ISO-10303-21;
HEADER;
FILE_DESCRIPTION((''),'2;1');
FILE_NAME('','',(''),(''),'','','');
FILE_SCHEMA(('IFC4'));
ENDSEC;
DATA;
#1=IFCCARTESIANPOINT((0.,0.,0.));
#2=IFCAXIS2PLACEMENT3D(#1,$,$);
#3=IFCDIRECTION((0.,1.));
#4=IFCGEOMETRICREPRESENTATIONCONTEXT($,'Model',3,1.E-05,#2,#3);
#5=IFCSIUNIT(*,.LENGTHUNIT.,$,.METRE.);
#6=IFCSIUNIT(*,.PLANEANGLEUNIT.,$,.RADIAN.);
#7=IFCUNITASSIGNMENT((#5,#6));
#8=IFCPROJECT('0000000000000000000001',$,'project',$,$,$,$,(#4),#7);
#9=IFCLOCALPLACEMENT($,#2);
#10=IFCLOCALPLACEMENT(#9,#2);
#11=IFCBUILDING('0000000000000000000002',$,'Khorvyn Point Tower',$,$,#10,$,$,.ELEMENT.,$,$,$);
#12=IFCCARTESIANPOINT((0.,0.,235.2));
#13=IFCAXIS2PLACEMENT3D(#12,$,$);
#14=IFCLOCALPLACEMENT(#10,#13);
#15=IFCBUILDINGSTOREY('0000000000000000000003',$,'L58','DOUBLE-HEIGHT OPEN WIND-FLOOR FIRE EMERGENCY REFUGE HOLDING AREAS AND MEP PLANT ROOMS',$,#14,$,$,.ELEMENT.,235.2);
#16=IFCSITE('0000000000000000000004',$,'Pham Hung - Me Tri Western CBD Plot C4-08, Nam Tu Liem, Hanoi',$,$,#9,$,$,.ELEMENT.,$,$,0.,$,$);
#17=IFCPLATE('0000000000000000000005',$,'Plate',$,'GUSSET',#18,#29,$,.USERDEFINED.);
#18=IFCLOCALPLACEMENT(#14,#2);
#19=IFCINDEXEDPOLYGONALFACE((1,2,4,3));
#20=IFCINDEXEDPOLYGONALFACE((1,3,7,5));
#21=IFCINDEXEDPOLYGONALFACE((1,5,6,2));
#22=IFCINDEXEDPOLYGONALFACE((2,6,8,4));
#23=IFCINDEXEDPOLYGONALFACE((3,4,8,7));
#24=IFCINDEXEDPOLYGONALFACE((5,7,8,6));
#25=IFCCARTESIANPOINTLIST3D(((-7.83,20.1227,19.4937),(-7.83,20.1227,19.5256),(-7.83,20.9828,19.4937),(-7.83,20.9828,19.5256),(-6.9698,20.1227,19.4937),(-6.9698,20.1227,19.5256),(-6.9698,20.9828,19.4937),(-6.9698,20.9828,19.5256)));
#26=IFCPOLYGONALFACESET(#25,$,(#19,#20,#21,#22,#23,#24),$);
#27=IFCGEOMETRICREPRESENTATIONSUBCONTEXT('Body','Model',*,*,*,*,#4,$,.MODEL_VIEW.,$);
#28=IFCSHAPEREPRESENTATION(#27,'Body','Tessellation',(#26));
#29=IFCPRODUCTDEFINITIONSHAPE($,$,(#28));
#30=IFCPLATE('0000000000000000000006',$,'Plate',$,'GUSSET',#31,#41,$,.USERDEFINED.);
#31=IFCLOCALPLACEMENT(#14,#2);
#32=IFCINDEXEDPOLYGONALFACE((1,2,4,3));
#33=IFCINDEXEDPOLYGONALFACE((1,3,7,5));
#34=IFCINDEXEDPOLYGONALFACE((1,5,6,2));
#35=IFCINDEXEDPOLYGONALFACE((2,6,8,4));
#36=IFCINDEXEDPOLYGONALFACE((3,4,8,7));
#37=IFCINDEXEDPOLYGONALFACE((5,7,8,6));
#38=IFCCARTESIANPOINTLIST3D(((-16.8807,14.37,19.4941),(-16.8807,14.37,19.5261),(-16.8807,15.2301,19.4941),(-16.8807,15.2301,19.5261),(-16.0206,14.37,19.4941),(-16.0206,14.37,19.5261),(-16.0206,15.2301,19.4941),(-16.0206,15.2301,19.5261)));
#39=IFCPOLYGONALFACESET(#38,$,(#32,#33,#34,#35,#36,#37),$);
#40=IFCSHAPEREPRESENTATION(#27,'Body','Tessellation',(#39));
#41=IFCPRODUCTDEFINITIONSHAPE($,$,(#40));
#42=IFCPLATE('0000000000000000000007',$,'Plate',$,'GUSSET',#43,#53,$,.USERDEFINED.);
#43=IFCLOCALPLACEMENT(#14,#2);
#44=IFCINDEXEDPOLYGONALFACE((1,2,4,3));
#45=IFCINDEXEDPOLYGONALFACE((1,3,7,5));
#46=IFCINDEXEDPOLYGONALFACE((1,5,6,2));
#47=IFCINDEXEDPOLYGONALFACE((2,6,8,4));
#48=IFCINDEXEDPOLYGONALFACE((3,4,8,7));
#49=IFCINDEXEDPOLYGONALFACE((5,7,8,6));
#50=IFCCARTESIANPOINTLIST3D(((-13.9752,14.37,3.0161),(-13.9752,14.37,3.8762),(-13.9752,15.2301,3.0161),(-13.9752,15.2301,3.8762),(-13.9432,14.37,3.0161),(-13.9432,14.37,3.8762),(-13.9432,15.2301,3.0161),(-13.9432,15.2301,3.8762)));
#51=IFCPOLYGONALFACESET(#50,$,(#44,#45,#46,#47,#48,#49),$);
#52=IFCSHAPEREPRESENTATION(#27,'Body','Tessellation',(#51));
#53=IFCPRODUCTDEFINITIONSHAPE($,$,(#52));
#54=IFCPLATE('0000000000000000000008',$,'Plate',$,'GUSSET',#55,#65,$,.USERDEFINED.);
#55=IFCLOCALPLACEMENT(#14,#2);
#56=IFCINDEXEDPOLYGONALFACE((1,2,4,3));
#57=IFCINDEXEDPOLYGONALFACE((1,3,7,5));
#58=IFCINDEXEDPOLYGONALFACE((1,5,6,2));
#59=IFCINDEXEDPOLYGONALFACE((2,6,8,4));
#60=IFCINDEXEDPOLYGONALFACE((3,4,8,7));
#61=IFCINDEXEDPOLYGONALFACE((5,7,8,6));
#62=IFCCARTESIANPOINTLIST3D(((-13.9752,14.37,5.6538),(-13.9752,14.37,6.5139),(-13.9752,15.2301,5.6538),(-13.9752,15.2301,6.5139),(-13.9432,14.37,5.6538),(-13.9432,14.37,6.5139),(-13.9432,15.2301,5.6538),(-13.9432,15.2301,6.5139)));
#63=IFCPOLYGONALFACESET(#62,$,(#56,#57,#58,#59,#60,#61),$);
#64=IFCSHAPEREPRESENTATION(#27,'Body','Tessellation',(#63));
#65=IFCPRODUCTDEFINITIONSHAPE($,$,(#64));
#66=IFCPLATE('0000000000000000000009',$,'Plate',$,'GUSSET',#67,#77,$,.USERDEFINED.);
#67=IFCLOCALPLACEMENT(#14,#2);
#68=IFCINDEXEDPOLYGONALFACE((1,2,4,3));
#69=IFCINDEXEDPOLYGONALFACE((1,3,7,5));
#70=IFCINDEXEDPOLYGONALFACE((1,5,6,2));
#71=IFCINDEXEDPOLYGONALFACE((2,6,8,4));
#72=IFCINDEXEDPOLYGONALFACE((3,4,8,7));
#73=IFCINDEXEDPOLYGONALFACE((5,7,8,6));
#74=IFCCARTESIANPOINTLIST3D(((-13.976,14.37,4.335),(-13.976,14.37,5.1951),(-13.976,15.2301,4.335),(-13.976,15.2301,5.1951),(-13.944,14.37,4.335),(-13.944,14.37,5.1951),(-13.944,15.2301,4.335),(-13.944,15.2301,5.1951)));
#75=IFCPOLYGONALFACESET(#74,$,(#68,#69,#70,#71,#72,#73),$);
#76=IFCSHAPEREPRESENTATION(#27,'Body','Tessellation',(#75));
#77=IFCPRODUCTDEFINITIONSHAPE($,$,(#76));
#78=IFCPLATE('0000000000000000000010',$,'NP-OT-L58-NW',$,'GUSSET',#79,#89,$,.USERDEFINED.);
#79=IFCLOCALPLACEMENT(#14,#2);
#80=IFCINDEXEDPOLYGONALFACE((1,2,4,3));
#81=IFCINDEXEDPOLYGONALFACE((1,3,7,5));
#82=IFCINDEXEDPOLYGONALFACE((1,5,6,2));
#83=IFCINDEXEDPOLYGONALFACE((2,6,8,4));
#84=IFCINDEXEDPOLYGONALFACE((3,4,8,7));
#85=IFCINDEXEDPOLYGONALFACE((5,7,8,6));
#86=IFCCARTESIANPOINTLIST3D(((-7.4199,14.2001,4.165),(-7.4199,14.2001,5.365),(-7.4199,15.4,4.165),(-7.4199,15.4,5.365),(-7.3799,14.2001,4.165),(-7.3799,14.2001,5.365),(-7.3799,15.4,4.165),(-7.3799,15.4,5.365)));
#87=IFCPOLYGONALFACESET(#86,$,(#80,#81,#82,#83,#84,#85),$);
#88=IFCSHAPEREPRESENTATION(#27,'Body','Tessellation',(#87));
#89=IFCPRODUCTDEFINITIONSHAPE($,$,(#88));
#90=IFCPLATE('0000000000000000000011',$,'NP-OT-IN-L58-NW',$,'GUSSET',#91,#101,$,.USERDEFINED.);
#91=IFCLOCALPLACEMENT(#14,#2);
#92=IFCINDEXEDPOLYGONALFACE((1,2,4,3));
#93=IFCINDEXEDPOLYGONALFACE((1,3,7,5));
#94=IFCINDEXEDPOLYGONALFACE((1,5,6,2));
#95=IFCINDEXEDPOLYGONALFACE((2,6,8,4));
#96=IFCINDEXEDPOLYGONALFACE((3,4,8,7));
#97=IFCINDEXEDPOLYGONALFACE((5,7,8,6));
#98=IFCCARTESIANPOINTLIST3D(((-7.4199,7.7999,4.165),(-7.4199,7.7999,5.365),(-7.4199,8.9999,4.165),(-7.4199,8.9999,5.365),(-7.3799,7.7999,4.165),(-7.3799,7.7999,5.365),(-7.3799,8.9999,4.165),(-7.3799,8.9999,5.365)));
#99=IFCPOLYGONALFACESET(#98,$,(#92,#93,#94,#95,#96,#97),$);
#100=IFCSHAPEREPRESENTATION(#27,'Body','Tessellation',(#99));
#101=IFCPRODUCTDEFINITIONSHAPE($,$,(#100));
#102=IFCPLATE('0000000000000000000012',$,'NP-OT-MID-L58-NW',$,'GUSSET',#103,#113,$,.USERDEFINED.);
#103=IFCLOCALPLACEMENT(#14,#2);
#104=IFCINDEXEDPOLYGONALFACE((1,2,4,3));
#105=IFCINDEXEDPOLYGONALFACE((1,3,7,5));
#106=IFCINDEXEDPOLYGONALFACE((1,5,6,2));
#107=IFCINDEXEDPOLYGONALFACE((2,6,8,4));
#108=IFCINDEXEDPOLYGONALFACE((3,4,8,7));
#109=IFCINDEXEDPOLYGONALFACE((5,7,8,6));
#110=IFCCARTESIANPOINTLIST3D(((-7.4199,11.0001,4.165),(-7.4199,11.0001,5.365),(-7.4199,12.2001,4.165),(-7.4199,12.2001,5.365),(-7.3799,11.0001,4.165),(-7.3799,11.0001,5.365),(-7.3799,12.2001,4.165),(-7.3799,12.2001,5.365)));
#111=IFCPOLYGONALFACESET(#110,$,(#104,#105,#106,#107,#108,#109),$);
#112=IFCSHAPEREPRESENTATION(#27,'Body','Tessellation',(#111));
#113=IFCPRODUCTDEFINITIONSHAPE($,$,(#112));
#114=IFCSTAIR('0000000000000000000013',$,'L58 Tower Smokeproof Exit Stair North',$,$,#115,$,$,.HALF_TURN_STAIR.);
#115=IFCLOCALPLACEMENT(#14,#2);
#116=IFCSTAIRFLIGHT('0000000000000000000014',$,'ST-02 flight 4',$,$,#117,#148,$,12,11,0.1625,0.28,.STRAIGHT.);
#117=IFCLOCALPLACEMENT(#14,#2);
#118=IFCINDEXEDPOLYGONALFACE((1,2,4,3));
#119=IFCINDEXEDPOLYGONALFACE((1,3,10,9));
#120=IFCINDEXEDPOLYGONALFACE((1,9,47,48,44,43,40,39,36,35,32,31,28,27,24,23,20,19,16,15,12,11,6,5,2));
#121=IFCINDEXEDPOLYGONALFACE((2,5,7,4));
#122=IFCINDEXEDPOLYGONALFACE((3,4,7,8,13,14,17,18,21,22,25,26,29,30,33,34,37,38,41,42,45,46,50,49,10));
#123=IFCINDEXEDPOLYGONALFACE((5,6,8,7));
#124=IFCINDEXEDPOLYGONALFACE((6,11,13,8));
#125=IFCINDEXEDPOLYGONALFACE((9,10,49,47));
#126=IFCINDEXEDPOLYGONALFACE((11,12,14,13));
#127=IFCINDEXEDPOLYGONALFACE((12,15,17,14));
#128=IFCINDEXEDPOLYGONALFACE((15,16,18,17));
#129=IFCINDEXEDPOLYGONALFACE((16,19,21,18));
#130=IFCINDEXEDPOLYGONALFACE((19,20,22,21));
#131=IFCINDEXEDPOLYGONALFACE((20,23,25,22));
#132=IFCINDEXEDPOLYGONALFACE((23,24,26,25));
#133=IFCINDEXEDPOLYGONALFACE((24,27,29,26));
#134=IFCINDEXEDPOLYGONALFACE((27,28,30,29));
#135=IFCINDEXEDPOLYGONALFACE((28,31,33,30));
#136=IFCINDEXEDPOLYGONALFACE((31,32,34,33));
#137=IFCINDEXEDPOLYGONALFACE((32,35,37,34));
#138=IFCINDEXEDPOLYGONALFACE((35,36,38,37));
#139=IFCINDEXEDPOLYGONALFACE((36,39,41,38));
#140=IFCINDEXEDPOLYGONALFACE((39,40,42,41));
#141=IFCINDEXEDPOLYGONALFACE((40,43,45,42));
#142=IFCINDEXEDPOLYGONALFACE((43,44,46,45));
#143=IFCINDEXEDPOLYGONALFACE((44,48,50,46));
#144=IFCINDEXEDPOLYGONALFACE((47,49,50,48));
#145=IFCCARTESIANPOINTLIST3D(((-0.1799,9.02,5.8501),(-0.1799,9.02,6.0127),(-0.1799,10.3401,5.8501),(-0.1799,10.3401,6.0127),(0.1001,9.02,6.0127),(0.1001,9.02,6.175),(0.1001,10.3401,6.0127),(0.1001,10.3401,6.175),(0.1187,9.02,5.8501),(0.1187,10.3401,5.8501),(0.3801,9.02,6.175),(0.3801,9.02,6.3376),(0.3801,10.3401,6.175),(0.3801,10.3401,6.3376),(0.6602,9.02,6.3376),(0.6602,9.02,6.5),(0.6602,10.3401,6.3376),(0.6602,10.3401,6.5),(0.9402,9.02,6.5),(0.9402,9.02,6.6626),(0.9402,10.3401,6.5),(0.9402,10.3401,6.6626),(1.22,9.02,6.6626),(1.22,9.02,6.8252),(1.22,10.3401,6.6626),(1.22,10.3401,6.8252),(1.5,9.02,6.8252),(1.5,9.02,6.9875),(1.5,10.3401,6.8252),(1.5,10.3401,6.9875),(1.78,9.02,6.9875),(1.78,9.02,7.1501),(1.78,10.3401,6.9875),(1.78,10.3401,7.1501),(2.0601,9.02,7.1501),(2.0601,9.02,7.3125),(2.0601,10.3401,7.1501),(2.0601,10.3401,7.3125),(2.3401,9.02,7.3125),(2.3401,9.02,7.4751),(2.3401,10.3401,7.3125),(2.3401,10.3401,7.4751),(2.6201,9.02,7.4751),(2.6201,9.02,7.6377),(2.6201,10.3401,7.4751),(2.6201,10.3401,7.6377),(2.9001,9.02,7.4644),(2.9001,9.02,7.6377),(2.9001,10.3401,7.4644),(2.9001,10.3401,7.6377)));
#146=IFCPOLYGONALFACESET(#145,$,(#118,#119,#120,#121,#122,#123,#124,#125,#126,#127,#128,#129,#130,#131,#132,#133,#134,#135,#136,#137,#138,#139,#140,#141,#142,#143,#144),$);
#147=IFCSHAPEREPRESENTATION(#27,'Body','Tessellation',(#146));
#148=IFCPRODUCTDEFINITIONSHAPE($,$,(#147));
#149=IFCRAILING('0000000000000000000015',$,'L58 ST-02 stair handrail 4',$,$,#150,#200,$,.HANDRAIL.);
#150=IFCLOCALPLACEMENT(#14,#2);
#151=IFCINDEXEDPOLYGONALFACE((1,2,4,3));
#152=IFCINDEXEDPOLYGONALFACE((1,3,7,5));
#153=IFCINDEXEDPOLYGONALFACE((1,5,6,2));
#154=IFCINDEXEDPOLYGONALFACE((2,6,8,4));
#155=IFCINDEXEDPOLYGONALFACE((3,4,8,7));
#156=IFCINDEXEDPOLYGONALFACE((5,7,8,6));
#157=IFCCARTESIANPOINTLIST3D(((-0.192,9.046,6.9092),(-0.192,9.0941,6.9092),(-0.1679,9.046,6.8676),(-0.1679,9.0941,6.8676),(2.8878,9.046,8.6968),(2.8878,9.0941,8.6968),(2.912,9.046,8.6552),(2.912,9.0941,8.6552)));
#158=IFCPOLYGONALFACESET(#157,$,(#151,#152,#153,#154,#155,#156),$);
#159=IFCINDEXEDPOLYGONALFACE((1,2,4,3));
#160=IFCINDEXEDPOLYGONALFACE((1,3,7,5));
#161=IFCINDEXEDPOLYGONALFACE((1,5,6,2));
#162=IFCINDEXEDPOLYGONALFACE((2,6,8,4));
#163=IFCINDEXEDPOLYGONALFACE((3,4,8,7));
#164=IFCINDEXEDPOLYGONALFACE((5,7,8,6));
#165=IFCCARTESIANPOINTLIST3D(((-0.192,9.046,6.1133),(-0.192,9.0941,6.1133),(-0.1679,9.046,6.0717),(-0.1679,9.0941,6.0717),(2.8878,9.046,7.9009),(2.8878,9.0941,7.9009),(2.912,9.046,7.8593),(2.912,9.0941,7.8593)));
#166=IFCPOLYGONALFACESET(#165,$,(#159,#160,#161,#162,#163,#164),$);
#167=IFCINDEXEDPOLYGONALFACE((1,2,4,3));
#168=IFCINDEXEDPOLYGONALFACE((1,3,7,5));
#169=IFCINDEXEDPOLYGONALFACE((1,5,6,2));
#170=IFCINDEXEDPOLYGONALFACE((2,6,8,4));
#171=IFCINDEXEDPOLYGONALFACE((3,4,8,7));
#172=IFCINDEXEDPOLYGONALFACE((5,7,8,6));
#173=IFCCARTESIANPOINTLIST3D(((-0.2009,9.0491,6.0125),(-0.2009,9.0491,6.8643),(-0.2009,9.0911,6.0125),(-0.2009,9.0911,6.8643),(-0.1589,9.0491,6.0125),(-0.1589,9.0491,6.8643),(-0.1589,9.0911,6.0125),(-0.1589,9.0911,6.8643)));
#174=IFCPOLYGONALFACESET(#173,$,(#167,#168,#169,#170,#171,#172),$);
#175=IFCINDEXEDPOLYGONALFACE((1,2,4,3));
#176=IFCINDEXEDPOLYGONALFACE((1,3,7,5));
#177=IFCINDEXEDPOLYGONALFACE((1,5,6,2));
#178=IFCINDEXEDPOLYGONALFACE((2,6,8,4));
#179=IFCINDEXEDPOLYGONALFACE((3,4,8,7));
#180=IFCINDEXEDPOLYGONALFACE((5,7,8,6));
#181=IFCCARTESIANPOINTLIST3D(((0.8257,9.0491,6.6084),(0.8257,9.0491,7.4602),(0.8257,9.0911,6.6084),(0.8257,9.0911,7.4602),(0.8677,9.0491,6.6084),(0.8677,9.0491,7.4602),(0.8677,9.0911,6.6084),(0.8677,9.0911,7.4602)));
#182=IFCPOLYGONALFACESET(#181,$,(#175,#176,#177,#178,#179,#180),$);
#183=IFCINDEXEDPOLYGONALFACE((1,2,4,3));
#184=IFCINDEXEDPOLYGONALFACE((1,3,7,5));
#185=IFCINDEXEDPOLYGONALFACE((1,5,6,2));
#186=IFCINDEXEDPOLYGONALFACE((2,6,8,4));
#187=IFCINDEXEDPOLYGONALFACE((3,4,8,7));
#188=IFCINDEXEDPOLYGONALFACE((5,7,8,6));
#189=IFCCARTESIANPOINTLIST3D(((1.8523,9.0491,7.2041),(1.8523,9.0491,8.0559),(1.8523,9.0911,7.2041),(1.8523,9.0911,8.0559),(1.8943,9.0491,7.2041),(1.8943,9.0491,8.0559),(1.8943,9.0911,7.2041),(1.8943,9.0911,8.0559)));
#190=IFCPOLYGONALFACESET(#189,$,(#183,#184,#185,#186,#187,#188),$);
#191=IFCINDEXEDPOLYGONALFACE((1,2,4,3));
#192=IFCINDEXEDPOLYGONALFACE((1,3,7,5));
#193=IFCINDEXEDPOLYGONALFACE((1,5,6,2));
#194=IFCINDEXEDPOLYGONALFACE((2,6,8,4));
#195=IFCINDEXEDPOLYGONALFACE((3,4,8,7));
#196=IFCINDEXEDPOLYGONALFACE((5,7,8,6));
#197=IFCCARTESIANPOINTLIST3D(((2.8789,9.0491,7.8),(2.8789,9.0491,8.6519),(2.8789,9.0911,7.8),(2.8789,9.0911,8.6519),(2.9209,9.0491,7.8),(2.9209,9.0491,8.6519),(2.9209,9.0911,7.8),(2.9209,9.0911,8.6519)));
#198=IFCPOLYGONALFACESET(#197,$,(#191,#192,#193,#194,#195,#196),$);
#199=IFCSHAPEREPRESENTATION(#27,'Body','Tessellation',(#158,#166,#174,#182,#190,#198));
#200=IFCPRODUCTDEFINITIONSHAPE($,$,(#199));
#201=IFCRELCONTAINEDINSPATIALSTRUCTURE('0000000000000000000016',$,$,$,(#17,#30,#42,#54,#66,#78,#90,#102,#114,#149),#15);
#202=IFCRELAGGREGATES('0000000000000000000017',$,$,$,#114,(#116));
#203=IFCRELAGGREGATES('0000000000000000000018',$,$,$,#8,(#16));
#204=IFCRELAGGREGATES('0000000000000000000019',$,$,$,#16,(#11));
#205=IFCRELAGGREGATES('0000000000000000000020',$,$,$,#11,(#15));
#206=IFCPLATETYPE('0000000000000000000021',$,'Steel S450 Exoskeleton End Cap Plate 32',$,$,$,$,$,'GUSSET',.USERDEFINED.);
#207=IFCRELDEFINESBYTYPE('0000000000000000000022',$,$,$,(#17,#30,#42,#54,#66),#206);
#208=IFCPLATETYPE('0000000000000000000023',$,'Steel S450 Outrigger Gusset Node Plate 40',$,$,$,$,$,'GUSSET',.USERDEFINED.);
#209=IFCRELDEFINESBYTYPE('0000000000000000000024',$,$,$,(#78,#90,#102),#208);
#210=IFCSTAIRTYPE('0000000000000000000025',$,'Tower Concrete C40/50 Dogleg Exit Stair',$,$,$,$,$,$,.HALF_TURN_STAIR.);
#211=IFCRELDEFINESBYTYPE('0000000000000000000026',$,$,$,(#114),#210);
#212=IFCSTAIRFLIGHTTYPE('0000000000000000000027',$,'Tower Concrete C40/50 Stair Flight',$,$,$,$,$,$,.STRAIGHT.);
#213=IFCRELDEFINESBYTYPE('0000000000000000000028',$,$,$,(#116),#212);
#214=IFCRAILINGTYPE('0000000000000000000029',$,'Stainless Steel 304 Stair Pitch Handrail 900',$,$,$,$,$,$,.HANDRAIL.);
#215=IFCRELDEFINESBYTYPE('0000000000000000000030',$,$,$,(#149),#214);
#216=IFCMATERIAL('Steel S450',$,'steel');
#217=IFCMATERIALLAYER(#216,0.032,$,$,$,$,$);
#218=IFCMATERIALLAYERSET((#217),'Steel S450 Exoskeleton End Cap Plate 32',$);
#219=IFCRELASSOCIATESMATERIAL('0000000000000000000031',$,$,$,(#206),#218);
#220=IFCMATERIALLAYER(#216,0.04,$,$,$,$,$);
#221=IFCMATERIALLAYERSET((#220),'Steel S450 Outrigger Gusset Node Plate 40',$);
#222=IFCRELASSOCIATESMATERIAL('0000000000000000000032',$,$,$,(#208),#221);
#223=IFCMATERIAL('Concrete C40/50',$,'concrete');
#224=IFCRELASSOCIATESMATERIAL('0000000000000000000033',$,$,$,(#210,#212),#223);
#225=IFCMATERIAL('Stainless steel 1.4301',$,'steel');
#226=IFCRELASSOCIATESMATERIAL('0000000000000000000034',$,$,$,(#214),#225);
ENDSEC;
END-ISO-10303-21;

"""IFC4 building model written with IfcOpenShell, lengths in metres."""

from ifc_helpers import new_model, si_unit, direction, frame, origin, origin_2d, place, context, subcontext, project, spatial, polyline, rectangle, outline, extrude, material, layer, layer_set, type_object, element, aggregate, save


model = new_model("IFC4")

# Units and contexts
model_context = context("Model", 3, precision=1e-05, world=origin(), true_north=direction((0.0, 1.0)))
body_context = subcontext(model_context, "Body", "Model", "MODEL_VIEW")
ifc_project = project(units=[si_unit("LENGTHUNIT", "METRE"), si_unit("PLANEANGLEUNIT", "RADIAN")], contexts=[model_context])

# Site, building, storey
site_placement = place(None, origin())
site = spatial("IfcSite", under=ifc_project, at=site_placement, Name="Pham Hung - Me Tri Western CBD Plot C4-08, Nam Tu Liem, Hanoi", CompositionType="ELEMENT", RefElevation=0.0)
building_placement = place(site_placement, origin())
building = spatial("IfcBuilding", under=site, at=building_placement, Name="Khorvyn Point Tower", CompositionType="ELEMENT")
storey_placement = place(building_placement, frame((0.0, 0.0, 235.2)))
storey = spatial("IfcBuildingStorey", under=building, at=storey_placement, Name="L58", Description="DOUBLE-HEIGHT OPEN WIND-FLOOR FIRE EMERGENCY REFUGE HOLDING AREAS AND MEP PLANT ROOMS", CompositionType="ELEMENT", Elevation=235.2)

# Shared definitions
ifc_material_1 = material(Name="Steel S450", Category="steel")

# Plates
ifc_layer_1 = layer(ifc_material_1, 0.032)
ifc_layer_set_1 = layer_set([ifc_layer_1], Name="Steel S450 Exoskeleton End Cap Plate 32")
plate_type_1 = type_object("IfcPlateType", Name="Steel S450 Exoskeleton End Cap Plate 32", ElementType="GUSSET", PredefinedType="USERDEFINED", material=ifc_layer_set_1)
for number, where, z_axis, x_axis, name in (
    (1, (-7.3999, 20.5527, 19.4937), (0.0, 0.0, 1.0), (1.0, 0.0, 0.0), "Plate"),
    (2, (-16.4507, 14.8, 19.4941), (0.0, 0.0, 1.0), (1.0, 0.0, 0.0), "Plate"),
):
    element("IfcPlate", number, at=place(storey_placement, frame(where, z_axis=z_axis, x_axis=x_axis)), inside=storey, type_object=plate_type_1, Name=name, ObjectType="GUSSET", PredefinedType="USERDEFINED", context=body_context, shape_type="SweptSolid", body=[
        extrude(rectangle(XDim=0.8601, YDim=0.8601, at=origin_2d()), origin(), (0.0, 0.0, 1.0), 0.032),
    ])
for number, where, z_axis, x_axis, name in (
    (3, (-13.9592, 14.8, 3.0161), (0.0, 0.0, 1.0), (1.0, 0.0, 0.0), "Plate"),
    (4, (-13.9592, 14.8, 5.6538), (0.0, 0.0, 1.0), (1.0, 0.0, 0.0), "Plate"),
    (5, (-13.96, 14.8, 4.335), (0.0, 0.0, 1.0), (1.0, 0.0, 0.0), "Plate"),
):
    element("IfcPlate", number, at=place(storey_placement, frame(where, z_axis=z_axis, x_axis=x_axis)), inside=storey, type_object=plate_type_1, Name=name, ObjectType="GUSSET", PredefinedType="USERDEFINED", context=body_context, shape_type="SweptSolid", body=[
        extrude(rectangle(XDim=0.032, YDim=0.8601, at=origin_2d()), origin(), (0.0, 0.0, 1.0), 0.8601),
    ])
ifc_layer_2 = layer(ifc_material_1, 0.04)
ifc_layer_set_2 = layer_set([ifc_layer_2], Name="Steel S450 Outrigger Gusset Node Plate 40")
plate_type_2 = type_object("IfcPlateType", Name="Steel S450 Outrigger Gusset Node Plate 40", ElementType="GUSSET", PredefinedType="USERDEFINED", material=ifc_layer_set_2)
for number, where, z_axis, x_axis, name in (
    (6, (-7.3999, 14.8, 4.165), (0.0, 0.0, 1.0), (1.0, 0.0, 0.0), "NP-OT-L58-NW"),
    (7, (-7.3999, 8.3999, 4.165), (0.0, 0.0, 1.0), (1.0, 0.0, 0.0), "NP-OT-IN-L58-NW"),
    (8, (-7.3999, 11.6001, 4.165), (0.0, 0.0, 1.0), (1.0, 0.0, 0.0), "NP-OT-MID-L58-NW"),
):
    element("IfcPlate", number, at=place(storey_placement, frame(where, z_axis=z_axis, x_axis=x_axis)), inside=storey, type_object=plate_type_2, Name=name, ObjectType="GUSSET", PredefinedType="USERDEFINED", context=body_context, shape_type="SweptSolid", body=[
        extrude(rectangle(XDim=0.04, YDim=1.2, at=origin_2d()), origin(), (0.0, 0.0, 1.0), 1.2),
    ])

# Stair, stair flight
ifc_material_2 = material(Name="Concrete C40/50", Category="concrete")
stair_type = type_object("IfcStairType", Name="Tower Concrete C40/50 Dogleg Exit Stair", PredefinedType="HALF_TURN_STAIR", material=ifc_material_2)
stair_placement = place(storey_placement, origin())
stair = element("IfcStair", 9, at=stair_placement, inside=storey, type_object=stair_type, Name="L58 Tower Smokeproof Exit Stair North", PredefinedType="HALF_TURN_STAIR")
stair_flight_type = type_object("IfcStairFlightType", Name="Tower Concrete C40/50 Stair Flight", PredefinedType="STRAIGHT", material=ifc_material_2)
stair_flight_placement = place(storey_placement, frame((-0.1799, 9.6799, 5.8501), z_axis=(0.0, 0.0, 1.0), x_axis=(1.0, 0.0, 0.0)))
stair_flight = element("IfcStairFlight", 10, at=stair_flight_placement, type_object=stair_flight_type, Name="ST-02 flight 4", NumberOfRisers=12, NumberOfTreads=11, PredefinedType="STRAIGHT", RiserHeight=0.1625, TreadLength=0.28, context=body_context, shape_type="SweptSolid", body=[
    extrude(outline(polyline([(0.0, 0.0), (0.0, 0.1626), (0.28, 0.1626), (0.28, 0.325), (0.5601, 0.325), (0.5601, 0.4875), (0.8401, 0.4875), (0.8401, 0.6499), (1.1201, 0.6499), (1.1201, 0.8125), (1.3999, 0.8125), (1.3999, 0.9751), (1.6799, 0.9751), (1.6799, 1.1375), (1.96, 1.1375), (1.96, 1.3), (2.24, 1.3), (2.24, 1.4624), (2.52, 1.4624), (2.52, 1.625), (2.8, 1.625), (2.8, 1.7876), (3.0801, 1.7876), (3.0801, 1.95), (3.0801, 1.6143), (0.2986, 0.0), (0.0, 0.0)])), frame((0.0, 0.6602, 0.0), z_axis=(0.0, -1.0, 0.0), x_axis=(1.0, 0.0, 0.0)), (0.0, 0.0, 1.0), 1.3201),
])
aggregate(stair, [stair_flight])

# Railing
ifc_material_3 = material(Name="Stainless steel 1.4301", Category="steel")
railing_type_1 = type_object("IfcRailingType", Name="Stainless Steel 304 Stair Pitch Handrail 900", PredefinedType="HANDRAIL", material=ifc_material_3)
railing_1_placement = place(storey_placement, frame((-0.1799, 9.0701, 6.0125)))
element("IfcRailing", 11, at=railing_1_placement, inside=storey, type_object=railing_type_1, Name="L58 ST-02 stair handrail 4", PredefinedType="HANDRAIL", context=body_context, shape_type="SweptSolid", body=[
    extrude(rectangle(XDim=0.0481, YDim=0.0481, at=origin_2d()), frame((0.0, 0.0, 0.876), z_axis=(0.864873, 0.0, 0.50199), x_axis=(0.0, 1.0, 0.0)), (0.0, 0.0, 1.0), 3.561),
    extrude(rectangle(XDim=0.0481, YDim=0.0481, at=origin_2d()), frame((0.0, 0.0, 0.0801), z_axis=(0.864873, 0.0, 0.50199), x_axis=(0.0, 1.0, 0.0)), (0.0, 0.0, 1.0), 3.561),
    extrude(rectangle(XDim=0.042, YDim=0.042, at=origin_2d()), origin(), (0.0, 0.0, 1.0), 0.8518),
    extrude(rectangle(XDim=0.042, YDim=0.042, at=origin_2d()), frame((1.0266, 0.0, 0.5959)), (0.0, 0.0, 1.0), 0.8518),
    extrude(rectangle(XDim=0.042, YDim=0.042, at=origin_2d()), frame((2.0532, 0.0, 1.1917)), (0.0, 0.0, 1.0), 0.8518),
    extrude(rectangle(XDim=0.042, YDim=0.042, at=origin_2d()), frame((3.0798, 0.0, 1.7876)), (0.0, 0.0, 1.0), 0.8518),
])

save(model, "model.ifc")
